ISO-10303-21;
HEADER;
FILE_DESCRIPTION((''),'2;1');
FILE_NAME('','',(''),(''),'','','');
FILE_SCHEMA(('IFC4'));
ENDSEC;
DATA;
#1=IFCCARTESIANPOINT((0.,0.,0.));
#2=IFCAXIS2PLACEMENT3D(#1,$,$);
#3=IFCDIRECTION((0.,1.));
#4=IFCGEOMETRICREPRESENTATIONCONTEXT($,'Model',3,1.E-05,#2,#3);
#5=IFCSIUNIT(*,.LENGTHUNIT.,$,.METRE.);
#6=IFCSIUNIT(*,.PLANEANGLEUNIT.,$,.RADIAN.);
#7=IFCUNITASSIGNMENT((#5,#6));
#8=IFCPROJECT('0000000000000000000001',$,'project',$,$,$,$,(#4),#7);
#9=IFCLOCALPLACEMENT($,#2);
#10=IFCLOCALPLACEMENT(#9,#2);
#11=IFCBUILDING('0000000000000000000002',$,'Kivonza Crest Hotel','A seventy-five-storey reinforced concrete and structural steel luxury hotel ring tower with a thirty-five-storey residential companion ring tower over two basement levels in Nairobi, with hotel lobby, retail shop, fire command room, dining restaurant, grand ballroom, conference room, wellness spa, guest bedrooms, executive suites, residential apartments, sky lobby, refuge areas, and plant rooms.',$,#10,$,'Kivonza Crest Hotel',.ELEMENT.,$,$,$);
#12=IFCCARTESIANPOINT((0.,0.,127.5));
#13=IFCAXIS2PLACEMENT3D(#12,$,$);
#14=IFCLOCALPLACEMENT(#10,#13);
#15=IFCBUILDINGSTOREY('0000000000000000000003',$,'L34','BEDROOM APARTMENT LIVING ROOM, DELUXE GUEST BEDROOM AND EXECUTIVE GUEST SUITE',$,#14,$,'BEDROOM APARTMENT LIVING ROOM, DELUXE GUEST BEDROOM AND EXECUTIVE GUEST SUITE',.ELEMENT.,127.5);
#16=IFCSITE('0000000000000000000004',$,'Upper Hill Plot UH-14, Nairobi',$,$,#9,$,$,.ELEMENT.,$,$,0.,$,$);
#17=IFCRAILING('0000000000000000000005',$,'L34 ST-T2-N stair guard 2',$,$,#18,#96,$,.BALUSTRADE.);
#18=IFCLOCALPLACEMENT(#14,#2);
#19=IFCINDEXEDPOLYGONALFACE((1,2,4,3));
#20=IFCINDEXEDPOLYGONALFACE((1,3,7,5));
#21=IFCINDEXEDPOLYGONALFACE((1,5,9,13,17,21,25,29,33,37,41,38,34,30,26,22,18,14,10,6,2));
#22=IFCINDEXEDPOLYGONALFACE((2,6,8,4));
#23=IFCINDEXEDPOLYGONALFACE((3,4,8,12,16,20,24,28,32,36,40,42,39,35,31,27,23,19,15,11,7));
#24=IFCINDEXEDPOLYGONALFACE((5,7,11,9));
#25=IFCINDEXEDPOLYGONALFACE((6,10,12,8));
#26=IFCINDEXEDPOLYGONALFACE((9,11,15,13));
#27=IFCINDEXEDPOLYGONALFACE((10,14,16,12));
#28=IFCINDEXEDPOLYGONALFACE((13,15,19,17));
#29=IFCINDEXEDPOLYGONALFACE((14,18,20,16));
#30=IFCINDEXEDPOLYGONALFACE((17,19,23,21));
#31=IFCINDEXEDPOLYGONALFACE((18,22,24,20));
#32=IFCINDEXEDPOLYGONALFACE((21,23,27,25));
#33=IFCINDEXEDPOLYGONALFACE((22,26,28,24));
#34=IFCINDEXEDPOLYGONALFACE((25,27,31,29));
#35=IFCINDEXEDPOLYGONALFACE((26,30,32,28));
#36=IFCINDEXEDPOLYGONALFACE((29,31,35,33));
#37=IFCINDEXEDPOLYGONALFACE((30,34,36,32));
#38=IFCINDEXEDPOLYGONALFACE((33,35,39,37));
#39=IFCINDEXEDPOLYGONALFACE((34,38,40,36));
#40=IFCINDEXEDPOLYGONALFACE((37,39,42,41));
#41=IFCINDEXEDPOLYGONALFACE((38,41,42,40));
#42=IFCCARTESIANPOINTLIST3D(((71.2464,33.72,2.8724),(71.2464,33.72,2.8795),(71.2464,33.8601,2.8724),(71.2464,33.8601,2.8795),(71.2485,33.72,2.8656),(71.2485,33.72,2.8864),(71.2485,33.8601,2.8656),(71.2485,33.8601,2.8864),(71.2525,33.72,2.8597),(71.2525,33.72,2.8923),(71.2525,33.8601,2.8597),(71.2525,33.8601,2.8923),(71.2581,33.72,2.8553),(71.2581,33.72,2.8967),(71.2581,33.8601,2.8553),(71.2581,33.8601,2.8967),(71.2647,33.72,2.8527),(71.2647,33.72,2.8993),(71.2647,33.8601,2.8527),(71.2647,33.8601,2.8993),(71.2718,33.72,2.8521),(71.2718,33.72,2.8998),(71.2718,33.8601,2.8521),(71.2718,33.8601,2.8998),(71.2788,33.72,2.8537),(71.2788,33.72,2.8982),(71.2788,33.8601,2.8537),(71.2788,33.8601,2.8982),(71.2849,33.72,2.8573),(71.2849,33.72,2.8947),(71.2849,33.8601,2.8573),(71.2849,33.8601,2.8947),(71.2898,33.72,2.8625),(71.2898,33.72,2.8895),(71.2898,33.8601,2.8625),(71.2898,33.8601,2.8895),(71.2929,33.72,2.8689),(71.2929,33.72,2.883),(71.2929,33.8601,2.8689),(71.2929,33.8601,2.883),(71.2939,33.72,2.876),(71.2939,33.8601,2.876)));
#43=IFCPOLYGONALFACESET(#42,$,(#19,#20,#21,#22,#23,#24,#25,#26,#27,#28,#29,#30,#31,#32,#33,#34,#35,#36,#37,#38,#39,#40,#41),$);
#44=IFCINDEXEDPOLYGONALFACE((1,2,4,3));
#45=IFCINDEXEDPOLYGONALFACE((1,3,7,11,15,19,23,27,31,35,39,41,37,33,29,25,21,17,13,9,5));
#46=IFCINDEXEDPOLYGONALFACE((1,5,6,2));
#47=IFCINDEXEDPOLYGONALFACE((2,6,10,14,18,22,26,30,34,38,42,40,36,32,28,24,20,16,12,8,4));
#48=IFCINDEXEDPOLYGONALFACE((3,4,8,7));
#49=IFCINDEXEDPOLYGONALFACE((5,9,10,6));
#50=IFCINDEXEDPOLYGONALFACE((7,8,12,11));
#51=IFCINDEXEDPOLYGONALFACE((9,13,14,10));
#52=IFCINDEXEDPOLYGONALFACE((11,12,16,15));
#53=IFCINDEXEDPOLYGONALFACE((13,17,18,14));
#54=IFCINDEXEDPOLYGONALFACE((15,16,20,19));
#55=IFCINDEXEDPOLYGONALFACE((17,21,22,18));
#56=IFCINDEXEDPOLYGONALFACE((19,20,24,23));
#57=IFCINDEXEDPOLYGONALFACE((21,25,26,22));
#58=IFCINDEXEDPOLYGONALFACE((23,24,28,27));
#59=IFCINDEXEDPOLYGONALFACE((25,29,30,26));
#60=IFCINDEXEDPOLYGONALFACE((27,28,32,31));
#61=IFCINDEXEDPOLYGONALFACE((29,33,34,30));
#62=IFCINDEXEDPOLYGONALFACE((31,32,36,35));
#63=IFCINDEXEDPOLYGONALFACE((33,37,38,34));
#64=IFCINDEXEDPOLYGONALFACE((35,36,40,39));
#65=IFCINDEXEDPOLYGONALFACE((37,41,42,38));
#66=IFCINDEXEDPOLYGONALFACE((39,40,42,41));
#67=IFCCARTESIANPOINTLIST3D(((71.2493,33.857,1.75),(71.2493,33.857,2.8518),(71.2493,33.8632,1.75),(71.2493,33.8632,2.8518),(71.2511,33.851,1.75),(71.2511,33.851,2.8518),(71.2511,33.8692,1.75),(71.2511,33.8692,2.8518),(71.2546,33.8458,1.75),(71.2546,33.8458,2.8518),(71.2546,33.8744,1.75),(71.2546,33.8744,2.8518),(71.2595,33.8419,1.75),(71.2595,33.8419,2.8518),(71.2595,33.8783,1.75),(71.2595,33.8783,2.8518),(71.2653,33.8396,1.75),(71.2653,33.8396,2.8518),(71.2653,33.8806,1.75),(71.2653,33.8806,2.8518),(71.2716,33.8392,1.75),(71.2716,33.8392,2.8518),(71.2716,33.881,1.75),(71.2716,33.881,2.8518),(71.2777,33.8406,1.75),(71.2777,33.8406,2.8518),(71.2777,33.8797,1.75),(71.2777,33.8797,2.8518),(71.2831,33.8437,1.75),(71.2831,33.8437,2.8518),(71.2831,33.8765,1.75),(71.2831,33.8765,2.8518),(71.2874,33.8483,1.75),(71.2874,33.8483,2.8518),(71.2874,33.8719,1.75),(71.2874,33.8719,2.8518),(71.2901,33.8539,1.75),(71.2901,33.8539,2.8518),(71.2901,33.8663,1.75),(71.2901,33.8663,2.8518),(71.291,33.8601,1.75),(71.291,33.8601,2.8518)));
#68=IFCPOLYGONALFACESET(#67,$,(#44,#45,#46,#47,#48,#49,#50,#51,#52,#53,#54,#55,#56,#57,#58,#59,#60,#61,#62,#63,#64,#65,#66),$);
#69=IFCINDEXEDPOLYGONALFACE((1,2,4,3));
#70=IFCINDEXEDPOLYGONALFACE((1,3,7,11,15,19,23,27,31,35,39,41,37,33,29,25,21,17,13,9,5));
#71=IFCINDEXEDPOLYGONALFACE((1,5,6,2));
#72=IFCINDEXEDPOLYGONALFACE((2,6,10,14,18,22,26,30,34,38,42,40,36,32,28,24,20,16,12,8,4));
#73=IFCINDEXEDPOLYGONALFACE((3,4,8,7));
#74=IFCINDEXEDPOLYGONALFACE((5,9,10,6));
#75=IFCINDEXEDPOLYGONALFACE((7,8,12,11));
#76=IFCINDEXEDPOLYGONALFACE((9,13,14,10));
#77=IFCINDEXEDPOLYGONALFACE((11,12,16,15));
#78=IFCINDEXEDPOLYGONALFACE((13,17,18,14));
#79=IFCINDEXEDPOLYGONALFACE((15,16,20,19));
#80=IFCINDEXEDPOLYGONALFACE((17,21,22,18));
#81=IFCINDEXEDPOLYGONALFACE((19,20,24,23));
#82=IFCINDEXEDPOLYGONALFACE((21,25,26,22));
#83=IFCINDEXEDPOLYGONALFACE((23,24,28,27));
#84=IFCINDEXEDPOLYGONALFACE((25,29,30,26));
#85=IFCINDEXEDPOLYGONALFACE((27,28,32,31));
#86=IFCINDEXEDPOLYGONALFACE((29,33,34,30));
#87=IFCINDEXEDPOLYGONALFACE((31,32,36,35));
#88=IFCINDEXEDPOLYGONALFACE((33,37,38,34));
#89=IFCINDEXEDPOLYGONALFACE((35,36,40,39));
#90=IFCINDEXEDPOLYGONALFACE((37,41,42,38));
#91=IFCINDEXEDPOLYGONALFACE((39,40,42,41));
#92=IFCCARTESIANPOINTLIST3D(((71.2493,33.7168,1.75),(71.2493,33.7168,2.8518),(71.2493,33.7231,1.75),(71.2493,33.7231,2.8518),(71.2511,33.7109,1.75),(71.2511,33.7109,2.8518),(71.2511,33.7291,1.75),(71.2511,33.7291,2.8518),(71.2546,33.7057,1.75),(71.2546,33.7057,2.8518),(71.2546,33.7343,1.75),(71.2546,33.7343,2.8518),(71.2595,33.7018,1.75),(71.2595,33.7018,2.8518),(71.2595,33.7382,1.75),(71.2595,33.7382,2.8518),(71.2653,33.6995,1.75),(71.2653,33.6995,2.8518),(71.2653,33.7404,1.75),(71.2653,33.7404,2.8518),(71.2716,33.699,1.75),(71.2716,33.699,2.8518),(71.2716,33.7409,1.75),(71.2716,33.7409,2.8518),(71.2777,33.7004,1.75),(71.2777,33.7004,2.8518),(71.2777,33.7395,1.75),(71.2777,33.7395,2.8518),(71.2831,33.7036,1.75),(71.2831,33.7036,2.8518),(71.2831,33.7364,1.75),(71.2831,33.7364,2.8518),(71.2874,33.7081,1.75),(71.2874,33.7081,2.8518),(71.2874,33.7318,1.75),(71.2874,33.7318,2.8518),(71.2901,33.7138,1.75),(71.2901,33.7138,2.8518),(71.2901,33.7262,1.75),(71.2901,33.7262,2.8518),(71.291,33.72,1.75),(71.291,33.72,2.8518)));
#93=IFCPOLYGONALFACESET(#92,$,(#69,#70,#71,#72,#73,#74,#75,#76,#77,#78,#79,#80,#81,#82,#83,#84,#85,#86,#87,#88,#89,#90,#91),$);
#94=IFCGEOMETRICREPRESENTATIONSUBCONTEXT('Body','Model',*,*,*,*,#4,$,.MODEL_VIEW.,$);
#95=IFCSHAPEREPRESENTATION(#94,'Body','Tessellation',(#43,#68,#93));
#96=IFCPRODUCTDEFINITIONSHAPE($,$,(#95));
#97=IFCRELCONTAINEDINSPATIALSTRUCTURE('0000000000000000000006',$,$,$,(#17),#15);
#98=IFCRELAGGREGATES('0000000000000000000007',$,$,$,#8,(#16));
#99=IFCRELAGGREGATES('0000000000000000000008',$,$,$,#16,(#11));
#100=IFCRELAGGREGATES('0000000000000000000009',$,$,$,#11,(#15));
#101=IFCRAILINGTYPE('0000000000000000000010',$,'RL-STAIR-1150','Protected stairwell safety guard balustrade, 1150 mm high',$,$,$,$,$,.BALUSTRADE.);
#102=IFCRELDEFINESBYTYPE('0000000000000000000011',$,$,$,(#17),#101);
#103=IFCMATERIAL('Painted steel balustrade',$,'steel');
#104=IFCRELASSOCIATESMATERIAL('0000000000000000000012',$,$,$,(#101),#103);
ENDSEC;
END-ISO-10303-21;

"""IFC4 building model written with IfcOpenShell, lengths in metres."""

from ifc_helpers import new_model, si_unit, direction, frame, origin, origin_2d, place, context, subcontext, project, spatial, circle, extrude, material, type_object, element, save


model = new_model("IFC4")

# Units and contexts
model_context = context("Model", 3, precision=1e-05, world=origin(), true_north=direction((0.0, 1.0)))
body_context = subcontext(model_context, "Body", "Model", "MODEL_VIEW")
ifc_project = project(units=[si_unit("LENGTHUNIT", "METRE"), si_unit("PLANEANGLEUNIT", "RADIAN")], contexts=[model_context])

# Site, building, storey
site_placement = place(None, origin())
site = spatial("IfcSite", under=ifc_project, at=site_placement, Name="Upper Hill Plot UH-14, Nairobi", CompositionType="ELEMENT", RefElevation=0.0)
building_placement = place(site_placement, origin())
building = spatial("IfcBuilding", under=site, at=building_placement, Name="Kivonza Crest Hotel", Description="A seventy-five-storey reinforced concrete and structural steel luxury hotel ring tower with a thirty-five-storey residential companion ring tower over two basement levels in Nairobi, with hotel lobby, retail shop, fire command room, dining restaurant, grand ballroom, conference room, wellness spa, guest bedrooms, executive suites, residential apartments, sky lobby, refuge areas, and plant rooms.", LongName="Kivonza Crest Hotel", CompositionType="ELEMENT")
storey_placement = place(building_placement, frame((0.0, 0.0, 127.5)))
storey = spatial("IfcBuildingStorey", under=building, at=storey_placement, Name="L34", Description="BEDROOM APARTMENT LIVING ROOM, DELUXE GUEST BEDROOM AND EXECUTIVE GUEST SUITE", LongName="BEDROOM APARTMENT LIVING ROOM, DELUXE GUEST BEDROOM AND EXECUTIVE GUEST SUITE", CompositionType="ELEMENT", Elevation=127.5)

# Railing
ifc_material_1 = material(Name="Painted steel balustrade", Category="steel")
railing_type = type_object("IfcRailingType", Name="RL-STAIR-1150", Description="Protected stairwell safety guard balustrade, 1150 mm high", PredefinedType="BALUSTRADE", material=ifc_material_1)
railing_1_placement = place(storey_placement, frame((71.27, 33.8601, 1.75)))
element("IfcRailing", 1, at=railing_1_placement, inside=storey, type_object=railing_type, Name="L34 ST-T2-N stair guard 2", PredefinedType="BALUSTRADE", context=body_context, shape_type="SweptSolid", body=[
    extrude(circle(Radius=0.0239, at=origin_2d()), frame((0.0, 0.0, 1.126), z_axis=(0.0, -1.0, 0.0), x_axis=(1.0, 0.0, 0.0)), (0.0, 0.0, 1.0), 0.1401),
    extrude(circle(Radius=0.021, at=origin_2d()), origin(), (0.0, 0.0, 1.0), 1.1018),
    extrude(circle(Radius=0.021, at=origin_2d()), frame((0.0, -0.1401, 0.0)), (0.0, 0.0, 1.0), 1.1018),
])

save(model, "model.ifc")
